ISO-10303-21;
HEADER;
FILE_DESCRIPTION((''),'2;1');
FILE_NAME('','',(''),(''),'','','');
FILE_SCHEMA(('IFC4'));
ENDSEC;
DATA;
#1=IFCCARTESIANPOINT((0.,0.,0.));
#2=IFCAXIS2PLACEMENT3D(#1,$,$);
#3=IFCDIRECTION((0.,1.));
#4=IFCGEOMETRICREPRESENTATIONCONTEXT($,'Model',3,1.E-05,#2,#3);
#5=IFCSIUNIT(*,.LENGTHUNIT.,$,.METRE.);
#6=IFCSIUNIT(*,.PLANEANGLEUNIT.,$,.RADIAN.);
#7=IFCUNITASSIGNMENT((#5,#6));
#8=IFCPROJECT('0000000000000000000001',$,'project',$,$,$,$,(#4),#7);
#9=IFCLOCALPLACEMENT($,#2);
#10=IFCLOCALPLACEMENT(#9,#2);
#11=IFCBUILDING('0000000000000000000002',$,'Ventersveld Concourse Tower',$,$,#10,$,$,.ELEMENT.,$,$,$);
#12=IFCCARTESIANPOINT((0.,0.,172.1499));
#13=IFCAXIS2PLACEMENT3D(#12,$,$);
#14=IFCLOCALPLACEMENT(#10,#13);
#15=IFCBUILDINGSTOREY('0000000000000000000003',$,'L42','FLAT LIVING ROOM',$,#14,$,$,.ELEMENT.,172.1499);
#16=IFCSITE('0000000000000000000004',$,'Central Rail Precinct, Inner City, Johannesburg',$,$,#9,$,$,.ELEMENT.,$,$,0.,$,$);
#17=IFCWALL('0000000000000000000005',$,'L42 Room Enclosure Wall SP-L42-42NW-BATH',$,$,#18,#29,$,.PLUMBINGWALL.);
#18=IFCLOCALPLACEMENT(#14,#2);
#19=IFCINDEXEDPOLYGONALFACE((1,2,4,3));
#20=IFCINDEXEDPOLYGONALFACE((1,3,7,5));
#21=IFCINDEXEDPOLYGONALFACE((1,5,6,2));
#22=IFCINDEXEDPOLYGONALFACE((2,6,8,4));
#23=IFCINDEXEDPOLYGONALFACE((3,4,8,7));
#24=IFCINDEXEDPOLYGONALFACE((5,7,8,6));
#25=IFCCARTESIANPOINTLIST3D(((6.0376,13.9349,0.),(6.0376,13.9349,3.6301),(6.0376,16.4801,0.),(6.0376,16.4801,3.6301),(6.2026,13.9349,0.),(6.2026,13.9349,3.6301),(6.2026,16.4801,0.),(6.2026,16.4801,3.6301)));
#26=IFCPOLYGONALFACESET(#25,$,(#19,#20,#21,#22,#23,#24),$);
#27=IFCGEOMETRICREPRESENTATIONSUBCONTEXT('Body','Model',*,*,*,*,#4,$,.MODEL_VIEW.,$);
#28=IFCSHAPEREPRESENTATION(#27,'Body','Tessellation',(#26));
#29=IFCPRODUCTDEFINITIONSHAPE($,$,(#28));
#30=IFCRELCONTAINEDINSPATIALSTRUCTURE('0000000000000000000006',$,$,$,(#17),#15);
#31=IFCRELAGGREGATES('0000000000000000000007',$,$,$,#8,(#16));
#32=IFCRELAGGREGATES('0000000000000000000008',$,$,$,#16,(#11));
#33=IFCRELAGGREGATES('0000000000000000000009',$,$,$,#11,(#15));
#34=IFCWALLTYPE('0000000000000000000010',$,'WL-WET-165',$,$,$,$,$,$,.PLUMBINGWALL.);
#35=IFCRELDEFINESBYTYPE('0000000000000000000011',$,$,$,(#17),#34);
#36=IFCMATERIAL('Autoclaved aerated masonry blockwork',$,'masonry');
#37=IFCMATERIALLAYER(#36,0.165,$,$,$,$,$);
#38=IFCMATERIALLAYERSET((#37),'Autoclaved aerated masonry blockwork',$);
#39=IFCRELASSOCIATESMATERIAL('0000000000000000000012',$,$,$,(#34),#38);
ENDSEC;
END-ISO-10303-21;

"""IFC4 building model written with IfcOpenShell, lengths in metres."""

from ifc_helpers import new_model, si_unit, direction, frame, frame_2d, origin, place, context, subcontext, project, spatial, rectangle, extrude, material, layer, layer_set, type_object, element, save


model = new_model("IFC4")

# Units and contexts
model_context = context("Model", 3, precision=1e-05, world=origin(), true_north=direction((0.0, 1.0)))
body_context = subcontext(model_context, "Body", "Model", "MODEL_VIEW")
ifc_project = project(units=[si_unit("LENGTHUNIT", "METRE"), si_unit("PLANEANGLEUNIT", "RADIAN")], contexts=[model_context])

# Site, building, storey
site_placement = place(None, origin())
site = spatial("IfcSite", under=ifc_project, at=site_placement, Name="Central Rail Precinct, Inner City, Johannesburg", CompositionType="ELEMENT", RefElevation=0.0)
building_placement = place(site_placement, origin())
building = spatial("IfcBuilding", under=site, at=building_placement, Name="Ventersveld Concourse Tower", CompositionType="ELEMENT")
storey_placement = place(building_placement, frame((0.0, 0.0, 172.1499)))
storey = spatial("IfcBuildingStorey", under=building, at=storey_placement, Name="L42", Description="FLAT LIVING ROOM", CompositionType="ELEMENT", Elevation=172.1499)

# Shared definitions
ifc_material_1 = material(Name="Autoclaved aerated masonry blockwork", Category="masonry")

# Wall
ifc_layer_1 = layer(ifc_material_1, 0.165)
ifc_layer_set_1 = layer_set([ifc_layer_1], Name="Autoclaved aerated masonry blockwork")
wall_type_1 = type_object("IfcWallType", Name="WL-WET-165", PredefinedType="PLUMBINGWALL", material=ifc_layer_set_1)
wall_1_placement = place(storey_placement, frame((6.1201, 13.9351, 0.0), z_axis=(0.0, 0.0, 1.0), x_axis=(0.0, 1.0, 0.0)))
element("IfcWall", 1, at=wall_1_placement, inside=storey, type_object=wall_type_1, Name="L42 Room Enclosure Wall SP-L42-42NW-BATH", PredefinedType="PLUMBINGWALL", context=body_context, shape_type="SweptSolid", body=[
    extrude(rectangle(XDim=2.5452, YDim=0.165, at=frame_2d((1.2725, 0.0))), origin(), (0.0, 0.0, 1.0), 3.6301),
])

save(model, "model.ifc")
